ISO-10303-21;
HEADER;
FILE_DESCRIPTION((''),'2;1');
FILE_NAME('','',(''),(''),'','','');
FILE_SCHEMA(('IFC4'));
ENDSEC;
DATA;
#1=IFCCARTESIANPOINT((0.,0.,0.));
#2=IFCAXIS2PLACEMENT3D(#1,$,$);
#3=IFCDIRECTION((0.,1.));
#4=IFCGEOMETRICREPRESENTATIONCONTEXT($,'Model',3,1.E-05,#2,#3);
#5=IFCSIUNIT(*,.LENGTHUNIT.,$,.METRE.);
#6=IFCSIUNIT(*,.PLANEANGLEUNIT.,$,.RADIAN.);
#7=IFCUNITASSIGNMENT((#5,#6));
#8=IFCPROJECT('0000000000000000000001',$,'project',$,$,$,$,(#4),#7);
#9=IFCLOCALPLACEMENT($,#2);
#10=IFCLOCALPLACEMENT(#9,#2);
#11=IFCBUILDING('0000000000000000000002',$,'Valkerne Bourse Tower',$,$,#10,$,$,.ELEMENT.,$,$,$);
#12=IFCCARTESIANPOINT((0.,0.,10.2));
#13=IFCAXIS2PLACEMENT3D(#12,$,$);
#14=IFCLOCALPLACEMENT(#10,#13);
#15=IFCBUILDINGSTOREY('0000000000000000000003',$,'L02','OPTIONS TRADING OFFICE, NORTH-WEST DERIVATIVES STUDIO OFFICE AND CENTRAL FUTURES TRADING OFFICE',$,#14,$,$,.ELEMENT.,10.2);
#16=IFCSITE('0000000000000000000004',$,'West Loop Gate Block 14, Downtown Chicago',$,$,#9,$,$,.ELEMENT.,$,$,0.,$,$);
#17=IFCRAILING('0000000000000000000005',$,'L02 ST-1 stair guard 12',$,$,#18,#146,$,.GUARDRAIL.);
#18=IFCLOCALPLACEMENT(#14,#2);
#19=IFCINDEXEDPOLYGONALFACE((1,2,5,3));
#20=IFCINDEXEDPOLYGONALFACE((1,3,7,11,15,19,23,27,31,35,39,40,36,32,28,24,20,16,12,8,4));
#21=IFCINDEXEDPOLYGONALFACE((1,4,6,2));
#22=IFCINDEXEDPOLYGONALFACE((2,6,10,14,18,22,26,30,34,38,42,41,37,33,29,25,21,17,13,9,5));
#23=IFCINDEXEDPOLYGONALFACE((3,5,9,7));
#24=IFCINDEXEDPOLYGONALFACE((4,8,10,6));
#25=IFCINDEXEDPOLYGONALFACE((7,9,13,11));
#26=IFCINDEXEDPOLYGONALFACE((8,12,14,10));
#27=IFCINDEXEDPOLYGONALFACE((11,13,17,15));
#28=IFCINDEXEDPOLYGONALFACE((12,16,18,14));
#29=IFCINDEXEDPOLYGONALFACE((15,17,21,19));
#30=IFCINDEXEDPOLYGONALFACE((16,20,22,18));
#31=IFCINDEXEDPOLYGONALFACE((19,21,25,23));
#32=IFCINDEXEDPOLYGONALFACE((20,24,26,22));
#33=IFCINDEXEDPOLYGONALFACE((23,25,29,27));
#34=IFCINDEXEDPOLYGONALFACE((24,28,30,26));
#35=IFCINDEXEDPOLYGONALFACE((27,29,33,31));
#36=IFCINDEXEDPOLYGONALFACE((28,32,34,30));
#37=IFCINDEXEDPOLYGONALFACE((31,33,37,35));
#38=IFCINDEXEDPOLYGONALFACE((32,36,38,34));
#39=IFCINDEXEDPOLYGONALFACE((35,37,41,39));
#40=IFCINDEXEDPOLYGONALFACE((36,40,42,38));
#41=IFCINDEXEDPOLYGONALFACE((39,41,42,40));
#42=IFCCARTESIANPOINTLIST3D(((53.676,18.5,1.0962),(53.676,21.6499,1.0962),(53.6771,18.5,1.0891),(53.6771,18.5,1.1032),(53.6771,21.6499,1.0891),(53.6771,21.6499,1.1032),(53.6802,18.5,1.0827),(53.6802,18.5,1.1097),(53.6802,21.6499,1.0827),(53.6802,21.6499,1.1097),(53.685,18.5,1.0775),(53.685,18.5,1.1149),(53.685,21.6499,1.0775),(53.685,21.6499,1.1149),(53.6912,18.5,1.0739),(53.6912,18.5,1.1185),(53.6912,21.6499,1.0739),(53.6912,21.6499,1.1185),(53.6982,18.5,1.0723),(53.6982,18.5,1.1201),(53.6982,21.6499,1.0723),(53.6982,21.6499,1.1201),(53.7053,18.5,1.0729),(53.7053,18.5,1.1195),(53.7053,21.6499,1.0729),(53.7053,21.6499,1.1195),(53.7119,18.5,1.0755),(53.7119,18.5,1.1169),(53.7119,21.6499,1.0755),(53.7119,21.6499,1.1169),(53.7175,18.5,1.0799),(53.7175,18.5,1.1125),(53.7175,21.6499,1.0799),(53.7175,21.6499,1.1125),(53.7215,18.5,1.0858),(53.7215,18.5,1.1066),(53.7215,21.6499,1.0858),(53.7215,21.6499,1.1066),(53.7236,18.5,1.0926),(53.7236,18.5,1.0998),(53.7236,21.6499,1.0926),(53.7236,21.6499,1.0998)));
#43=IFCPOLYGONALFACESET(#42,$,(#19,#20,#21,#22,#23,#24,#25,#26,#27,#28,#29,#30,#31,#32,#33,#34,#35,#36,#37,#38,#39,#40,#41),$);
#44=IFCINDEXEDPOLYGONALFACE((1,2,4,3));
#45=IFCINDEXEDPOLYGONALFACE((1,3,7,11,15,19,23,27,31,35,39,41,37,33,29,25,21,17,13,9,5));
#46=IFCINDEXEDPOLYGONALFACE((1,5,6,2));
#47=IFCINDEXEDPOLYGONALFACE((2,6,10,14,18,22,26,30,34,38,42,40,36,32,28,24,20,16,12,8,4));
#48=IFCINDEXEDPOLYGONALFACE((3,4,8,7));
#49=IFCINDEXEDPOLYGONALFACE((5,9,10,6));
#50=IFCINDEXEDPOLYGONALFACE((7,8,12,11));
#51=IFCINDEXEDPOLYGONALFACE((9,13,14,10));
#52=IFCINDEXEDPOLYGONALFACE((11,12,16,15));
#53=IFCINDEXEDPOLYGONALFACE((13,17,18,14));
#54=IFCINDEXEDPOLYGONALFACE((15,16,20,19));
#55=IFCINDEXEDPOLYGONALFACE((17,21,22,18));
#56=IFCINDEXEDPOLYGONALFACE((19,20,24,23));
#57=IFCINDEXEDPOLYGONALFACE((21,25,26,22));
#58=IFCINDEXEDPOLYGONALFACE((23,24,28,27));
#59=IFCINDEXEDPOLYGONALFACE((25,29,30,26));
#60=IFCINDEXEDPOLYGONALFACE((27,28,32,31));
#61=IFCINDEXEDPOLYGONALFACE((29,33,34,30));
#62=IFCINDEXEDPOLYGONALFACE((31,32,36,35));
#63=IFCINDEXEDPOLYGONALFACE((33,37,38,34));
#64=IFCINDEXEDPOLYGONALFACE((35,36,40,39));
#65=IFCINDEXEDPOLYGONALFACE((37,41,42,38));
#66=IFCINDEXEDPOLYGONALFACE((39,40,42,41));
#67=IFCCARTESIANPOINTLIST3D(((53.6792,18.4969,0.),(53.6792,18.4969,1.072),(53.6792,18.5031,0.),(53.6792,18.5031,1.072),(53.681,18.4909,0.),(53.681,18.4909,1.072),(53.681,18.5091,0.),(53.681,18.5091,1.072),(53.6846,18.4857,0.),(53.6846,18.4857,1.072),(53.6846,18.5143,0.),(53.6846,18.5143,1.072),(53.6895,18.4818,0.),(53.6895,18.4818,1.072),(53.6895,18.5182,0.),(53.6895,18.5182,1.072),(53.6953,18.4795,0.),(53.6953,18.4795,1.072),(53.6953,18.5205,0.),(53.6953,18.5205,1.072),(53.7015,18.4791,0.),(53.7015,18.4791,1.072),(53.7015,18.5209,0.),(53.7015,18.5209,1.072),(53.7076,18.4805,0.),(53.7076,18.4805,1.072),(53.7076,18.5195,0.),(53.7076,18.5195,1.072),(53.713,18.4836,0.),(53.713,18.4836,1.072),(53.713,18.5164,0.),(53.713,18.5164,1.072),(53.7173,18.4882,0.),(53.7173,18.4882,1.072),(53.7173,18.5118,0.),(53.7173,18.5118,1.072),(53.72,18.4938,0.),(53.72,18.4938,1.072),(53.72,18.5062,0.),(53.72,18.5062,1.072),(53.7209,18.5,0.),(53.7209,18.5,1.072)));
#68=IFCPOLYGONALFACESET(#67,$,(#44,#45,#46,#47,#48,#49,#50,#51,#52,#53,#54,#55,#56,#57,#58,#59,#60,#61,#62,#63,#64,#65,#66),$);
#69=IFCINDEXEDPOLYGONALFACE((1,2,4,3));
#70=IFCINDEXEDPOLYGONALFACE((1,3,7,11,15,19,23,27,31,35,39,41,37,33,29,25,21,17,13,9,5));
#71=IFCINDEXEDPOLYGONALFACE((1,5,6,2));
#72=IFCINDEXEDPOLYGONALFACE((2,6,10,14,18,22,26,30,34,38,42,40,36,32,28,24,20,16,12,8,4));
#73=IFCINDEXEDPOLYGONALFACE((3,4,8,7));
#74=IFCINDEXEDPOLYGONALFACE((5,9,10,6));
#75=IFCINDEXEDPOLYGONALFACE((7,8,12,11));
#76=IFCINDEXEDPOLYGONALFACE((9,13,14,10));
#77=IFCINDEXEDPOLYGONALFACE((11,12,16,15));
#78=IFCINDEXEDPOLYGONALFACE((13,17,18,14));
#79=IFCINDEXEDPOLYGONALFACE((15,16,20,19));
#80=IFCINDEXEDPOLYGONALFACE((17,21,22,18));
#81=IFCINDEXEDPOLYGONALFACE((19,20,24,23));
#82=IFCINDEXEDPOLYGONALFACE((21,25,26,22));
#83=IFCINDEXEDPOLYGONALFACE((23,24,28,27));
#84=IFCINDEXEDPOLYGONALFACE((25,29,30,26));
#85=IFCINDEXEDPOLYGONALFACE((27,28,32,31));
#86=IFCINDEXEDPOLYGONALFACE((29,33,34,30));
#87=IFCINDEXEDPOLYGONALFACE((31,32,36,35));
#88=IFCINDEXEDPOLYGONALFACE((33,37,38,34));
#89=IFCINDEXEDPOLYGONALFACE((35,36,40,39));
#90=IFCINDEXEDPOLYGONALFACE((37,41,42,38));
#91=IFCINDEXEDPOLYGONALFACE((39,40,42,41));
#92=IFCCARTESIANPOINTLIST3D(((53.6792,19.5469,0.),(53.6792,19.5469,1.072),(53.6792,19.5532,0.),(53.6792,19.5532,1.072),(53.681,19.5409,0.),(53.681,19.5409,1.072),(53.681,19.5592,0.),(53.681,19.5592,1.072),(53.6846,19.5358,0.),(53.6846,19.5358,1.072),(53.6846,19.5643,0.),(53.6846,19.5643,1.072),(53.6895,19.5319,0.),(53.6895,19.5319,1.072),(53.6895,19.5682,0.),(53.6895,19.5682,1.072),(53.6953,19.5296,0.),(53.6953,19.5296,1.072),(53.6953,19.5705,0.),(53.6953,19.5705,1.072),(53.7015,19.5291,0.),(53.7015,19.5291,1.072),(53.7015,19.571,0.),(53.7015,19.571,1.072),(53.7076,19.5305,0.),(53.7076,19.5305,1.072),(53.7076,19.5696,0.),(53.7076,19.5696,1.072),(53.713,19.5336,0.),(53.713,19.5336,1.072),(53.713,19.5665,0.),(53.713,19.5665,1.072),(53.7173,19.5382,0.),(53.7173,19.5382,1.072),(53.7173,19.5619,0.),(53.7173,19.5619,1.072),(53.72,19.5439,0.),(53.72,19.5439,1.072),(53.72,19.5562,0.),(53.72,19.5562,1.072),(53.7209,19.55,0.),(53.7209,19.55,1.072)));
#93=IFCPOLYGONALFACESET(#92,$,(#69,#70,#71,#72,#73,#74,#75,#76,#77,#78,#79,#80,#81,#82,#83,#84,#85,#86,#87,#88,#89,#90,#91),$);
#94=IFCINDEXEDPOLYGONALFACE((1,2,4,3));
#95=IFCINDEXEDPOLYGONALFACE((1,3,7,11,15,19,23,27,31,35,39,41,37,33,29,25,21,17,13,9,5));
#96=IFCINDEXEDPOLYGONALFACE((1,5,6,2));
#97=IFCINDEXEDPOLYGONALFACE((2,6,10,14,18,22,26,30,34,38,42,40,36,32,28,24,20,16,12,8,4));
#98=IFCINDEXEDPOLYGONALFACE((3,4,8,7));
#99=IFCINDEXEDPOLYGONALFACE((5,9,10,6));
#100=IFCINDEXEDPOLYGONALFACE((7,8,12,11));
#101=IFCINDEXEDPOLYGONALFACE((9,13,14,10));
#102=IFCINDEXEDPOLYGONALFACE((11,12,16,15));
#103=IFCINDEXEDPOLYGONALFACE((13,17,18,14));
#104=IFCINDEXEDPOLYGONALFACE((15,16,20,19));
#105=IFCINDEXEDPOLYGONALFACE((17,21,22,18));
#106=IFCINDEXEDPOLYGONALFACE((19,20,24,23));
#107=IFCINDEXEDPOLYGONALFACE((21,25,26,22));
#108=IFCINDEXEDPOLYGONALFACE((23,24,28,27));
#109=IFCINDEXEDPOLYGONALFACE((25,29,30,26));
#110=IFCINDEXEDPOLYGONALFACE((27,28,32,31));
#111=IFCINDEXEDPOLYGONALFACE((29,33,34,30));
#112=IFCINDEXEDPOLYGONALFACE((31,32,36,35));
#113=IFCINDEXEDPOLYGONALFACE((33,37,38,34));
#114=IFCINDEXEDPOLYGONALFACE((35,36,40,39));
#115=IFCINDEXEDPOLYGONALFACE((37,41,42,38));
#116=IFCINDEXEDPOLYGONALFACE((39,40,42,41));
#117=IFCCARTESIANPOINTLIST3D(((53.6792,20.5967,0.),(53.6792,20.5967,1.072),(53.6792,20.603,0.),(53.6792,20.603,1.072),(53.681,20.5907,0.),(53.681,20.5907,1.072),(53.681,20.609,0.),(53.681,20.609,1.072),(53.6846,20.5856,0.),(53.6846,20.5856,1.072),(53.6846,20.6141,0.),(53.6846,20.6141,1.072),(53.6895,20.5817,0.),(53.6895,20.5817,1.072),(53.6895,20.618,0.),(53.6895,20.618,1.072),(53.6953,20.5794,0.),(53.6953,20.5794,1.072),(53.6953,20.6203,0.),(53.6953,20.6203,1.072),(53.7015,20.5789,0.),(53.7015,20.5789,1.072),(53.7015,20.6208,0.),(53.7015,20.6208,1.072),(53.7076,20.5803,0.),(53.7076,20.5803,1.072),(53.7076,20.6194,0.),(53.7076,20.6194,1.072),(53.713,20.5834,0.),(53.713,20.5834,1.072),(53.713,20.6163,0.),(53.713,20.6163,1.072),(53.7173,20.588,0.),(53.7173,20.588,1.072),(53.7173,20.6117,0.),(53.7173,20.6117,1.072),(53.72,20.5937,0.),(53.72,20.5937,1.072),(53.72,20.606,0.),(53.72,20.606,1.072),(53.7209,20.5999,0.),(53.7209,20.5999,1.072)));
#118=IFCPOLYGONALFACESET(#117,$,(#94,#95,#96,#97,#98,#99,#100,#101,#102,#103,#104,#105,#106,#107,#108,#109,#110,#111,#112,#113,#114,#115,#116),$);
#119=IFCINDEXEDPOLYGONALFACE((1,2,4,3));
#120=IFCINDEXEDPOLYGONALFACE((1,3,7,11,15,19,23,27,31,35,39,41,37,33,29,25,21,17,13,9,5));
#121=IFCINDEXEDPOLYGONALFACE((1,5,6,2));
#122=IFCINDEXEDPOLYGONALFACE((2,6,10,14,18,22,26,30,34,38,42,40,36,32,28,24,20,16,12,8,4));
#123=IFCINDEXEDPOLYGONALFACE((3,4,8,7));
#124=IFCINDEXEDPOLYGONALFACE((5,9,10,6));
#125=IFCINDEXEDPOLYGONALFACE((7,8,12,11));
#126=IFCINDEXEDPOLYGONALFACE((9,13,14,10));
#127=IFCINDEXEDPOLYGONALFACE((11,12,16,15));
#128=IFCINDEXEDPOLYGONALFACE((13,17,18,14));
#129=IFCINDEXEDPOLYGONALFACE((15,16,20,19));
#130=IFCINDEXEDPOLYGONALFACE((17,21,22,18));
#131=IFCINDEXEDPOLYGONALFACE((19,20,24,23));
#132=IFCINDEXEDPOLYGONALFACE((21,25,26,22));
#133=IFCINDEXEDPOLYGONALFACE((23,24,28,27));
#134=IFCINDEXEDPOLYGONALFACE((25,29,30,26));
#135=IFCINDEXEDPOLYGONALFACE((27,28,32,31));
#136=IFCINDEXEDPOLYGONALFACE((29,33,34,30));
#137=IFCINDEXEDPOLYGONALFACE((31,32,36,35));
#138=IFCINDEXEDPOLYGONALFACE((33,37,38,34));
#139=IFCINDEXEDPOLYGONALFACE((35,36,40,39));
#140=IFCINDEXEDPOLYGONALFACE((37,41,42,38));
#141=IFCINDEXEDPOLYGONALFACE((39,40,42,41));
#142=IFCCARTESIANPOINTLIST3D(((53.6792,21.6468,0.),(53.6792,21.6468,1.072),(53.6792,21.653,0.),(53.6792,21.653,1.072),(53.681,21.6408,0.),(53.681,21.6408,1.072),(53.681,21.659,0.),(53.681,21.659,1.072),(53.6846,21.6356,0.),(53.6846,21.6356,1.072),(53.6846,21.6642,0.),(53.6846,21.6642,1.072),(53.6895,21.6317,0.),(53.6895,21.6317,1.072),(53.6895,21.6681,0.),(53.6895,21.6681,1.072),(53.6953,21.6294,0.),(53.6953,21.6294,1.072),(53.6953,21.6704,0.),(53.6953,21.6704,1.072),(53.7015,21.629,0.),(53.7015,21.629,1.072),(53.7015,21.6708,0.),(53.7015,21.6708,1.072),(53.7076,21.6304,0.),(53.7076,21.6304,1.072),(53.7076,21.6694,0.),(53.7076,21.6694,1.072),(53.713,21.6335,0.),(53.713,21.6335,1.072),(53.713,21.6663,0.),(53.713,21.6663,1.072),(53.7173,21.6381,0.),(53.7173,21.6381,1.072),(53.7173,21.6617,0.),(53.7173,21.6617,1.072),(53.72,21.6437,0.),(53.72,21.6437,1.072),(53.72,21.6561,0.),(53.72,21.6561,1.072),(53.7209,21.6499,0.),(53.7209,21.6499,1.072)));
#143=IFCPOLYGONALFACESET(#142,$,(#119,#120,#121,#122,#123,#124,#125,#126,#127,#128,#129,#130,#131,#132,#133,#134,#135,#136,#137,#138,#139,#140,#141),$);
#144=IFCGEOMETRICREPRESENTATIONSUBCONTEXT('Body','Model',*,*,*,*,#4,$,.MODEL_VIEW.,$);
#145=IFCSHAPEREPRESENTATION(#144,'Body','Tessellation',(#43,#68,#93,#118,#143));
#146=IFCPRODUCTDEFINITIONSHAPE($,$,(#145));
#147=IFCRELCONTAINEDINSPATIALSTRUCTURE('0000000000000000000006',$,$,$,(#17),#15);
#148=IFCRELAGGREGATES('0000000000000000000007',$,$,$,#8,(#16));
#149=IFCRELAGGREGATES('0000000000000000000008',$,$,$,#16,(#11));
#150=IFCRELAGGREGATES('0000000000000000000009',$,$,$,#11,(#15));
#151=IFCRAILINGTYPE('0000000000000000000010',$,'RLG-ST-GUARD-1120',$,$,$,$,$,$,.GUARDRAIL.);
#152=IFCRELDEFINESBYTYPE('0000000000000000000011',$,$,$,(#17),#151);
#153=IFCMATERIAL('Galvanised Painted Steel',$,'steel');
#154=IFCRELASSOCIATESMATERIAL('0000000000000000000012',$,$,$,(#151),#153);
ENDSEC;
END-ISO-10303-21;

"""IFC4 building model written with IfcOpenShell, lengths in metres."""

from ifc_helpers import new_model, si_unit, direction, frame, origin, origin_2d, place, context, subcontext, project, spatial, circle, extrude, material, type_object, element, save


model = new_model("IFC4")

# Units and contexts
model_context = context("Model", 3, precision=1e-05, world=origin(), true_north=direction((0.0, 1.0)))
body_context = subcontext(model_context, "Body", "Model", "MODEL_VIEW")
ifc_project = project(units=[si_unit("LENGTHUNIT", "METRE"), si_unit("PLANEANGLEUNIT", "RADIAN")], contexts=[model_context])

# Site, building, storey
site_placement = place(None, origin())
site = spatial("IfcSite", under=ifc_project, at=site_placement, Name="West Loop Gate Block 14, Downtown Chicago", CompositionType="ELEMENT", RefElevation=0.0)
building_placement = place(site_placement, origin())
building = spatial("IfcBuilding", under=site, at=building_placement, Name="Valkerne Bourse Tower", CompositionType="ELEMENT")
storey_placement = place(building_placement, frame((0.0, 0.0, 10.2)))
storey = spatial("IfcBuildingStorey", under=building, at=storey_placement, Name="L02", Description="OPTIONS TRADING OFFICE, NORTH-WEST DERIVATIVES STUDIO OFFICE AND CENTRAL FUTURES TRADING OFFICE", CompositionType="ELEMENT", Elevation=10.2)

# Shared definitions
ifc_material_1 = material(Name="Galvanised Painted Steel", Category="steel")

# Railing
railing_type_1 = type_object("IfcRailingType", Name="RLG-ST-GUARD-1120", PredefinedType="GUARDRAIL", material=ifc_material_1)
railing_1_placement = place(storey_placement, frame((53.7, 18.5, 0.0)))
element("IfcRailing", 1, at=railing_1_placement, inside=storey, type_object=railing_type_1, Name="L02 ST-1 stair guard 12", PredefinedType="GUARDRAIL", context=body_context, shape_type="SweptSolid", body=[
    extrude(circle(Radius=0.0239, at=origin_2d()), frame((0.0, 0.0, 1.0962), z_axis=(0.0, 1.0, 0.0), x_axis=(-1.0, 0.0, 0.0)), (0.0, 0.0, 1.0), 3.1499),
    extrude(circle(Radius=0.021, at=origin_2d()), origin(), (0.0, 0.0, 1.0), 1.072),
    extrude(circle(Radius=0.021, at=origin_2d()), frame((0.0, 1.05, 0.0)), (0.0, 0.0, 1.0), 1.072),
    extrude(circle(Radius=0.021, at=origin_2d()), frame((0.0, 2.0999, 0.0)), (0.0, 0.0, 1.0), 1.072),
    extrude(circle(Radius=0.021, at=origin_2d()), frame((0.0, 3.1499, 0.0)), (0.0, 0.0, 1.0), 1.072),
])

save(model, "model.ifc")
